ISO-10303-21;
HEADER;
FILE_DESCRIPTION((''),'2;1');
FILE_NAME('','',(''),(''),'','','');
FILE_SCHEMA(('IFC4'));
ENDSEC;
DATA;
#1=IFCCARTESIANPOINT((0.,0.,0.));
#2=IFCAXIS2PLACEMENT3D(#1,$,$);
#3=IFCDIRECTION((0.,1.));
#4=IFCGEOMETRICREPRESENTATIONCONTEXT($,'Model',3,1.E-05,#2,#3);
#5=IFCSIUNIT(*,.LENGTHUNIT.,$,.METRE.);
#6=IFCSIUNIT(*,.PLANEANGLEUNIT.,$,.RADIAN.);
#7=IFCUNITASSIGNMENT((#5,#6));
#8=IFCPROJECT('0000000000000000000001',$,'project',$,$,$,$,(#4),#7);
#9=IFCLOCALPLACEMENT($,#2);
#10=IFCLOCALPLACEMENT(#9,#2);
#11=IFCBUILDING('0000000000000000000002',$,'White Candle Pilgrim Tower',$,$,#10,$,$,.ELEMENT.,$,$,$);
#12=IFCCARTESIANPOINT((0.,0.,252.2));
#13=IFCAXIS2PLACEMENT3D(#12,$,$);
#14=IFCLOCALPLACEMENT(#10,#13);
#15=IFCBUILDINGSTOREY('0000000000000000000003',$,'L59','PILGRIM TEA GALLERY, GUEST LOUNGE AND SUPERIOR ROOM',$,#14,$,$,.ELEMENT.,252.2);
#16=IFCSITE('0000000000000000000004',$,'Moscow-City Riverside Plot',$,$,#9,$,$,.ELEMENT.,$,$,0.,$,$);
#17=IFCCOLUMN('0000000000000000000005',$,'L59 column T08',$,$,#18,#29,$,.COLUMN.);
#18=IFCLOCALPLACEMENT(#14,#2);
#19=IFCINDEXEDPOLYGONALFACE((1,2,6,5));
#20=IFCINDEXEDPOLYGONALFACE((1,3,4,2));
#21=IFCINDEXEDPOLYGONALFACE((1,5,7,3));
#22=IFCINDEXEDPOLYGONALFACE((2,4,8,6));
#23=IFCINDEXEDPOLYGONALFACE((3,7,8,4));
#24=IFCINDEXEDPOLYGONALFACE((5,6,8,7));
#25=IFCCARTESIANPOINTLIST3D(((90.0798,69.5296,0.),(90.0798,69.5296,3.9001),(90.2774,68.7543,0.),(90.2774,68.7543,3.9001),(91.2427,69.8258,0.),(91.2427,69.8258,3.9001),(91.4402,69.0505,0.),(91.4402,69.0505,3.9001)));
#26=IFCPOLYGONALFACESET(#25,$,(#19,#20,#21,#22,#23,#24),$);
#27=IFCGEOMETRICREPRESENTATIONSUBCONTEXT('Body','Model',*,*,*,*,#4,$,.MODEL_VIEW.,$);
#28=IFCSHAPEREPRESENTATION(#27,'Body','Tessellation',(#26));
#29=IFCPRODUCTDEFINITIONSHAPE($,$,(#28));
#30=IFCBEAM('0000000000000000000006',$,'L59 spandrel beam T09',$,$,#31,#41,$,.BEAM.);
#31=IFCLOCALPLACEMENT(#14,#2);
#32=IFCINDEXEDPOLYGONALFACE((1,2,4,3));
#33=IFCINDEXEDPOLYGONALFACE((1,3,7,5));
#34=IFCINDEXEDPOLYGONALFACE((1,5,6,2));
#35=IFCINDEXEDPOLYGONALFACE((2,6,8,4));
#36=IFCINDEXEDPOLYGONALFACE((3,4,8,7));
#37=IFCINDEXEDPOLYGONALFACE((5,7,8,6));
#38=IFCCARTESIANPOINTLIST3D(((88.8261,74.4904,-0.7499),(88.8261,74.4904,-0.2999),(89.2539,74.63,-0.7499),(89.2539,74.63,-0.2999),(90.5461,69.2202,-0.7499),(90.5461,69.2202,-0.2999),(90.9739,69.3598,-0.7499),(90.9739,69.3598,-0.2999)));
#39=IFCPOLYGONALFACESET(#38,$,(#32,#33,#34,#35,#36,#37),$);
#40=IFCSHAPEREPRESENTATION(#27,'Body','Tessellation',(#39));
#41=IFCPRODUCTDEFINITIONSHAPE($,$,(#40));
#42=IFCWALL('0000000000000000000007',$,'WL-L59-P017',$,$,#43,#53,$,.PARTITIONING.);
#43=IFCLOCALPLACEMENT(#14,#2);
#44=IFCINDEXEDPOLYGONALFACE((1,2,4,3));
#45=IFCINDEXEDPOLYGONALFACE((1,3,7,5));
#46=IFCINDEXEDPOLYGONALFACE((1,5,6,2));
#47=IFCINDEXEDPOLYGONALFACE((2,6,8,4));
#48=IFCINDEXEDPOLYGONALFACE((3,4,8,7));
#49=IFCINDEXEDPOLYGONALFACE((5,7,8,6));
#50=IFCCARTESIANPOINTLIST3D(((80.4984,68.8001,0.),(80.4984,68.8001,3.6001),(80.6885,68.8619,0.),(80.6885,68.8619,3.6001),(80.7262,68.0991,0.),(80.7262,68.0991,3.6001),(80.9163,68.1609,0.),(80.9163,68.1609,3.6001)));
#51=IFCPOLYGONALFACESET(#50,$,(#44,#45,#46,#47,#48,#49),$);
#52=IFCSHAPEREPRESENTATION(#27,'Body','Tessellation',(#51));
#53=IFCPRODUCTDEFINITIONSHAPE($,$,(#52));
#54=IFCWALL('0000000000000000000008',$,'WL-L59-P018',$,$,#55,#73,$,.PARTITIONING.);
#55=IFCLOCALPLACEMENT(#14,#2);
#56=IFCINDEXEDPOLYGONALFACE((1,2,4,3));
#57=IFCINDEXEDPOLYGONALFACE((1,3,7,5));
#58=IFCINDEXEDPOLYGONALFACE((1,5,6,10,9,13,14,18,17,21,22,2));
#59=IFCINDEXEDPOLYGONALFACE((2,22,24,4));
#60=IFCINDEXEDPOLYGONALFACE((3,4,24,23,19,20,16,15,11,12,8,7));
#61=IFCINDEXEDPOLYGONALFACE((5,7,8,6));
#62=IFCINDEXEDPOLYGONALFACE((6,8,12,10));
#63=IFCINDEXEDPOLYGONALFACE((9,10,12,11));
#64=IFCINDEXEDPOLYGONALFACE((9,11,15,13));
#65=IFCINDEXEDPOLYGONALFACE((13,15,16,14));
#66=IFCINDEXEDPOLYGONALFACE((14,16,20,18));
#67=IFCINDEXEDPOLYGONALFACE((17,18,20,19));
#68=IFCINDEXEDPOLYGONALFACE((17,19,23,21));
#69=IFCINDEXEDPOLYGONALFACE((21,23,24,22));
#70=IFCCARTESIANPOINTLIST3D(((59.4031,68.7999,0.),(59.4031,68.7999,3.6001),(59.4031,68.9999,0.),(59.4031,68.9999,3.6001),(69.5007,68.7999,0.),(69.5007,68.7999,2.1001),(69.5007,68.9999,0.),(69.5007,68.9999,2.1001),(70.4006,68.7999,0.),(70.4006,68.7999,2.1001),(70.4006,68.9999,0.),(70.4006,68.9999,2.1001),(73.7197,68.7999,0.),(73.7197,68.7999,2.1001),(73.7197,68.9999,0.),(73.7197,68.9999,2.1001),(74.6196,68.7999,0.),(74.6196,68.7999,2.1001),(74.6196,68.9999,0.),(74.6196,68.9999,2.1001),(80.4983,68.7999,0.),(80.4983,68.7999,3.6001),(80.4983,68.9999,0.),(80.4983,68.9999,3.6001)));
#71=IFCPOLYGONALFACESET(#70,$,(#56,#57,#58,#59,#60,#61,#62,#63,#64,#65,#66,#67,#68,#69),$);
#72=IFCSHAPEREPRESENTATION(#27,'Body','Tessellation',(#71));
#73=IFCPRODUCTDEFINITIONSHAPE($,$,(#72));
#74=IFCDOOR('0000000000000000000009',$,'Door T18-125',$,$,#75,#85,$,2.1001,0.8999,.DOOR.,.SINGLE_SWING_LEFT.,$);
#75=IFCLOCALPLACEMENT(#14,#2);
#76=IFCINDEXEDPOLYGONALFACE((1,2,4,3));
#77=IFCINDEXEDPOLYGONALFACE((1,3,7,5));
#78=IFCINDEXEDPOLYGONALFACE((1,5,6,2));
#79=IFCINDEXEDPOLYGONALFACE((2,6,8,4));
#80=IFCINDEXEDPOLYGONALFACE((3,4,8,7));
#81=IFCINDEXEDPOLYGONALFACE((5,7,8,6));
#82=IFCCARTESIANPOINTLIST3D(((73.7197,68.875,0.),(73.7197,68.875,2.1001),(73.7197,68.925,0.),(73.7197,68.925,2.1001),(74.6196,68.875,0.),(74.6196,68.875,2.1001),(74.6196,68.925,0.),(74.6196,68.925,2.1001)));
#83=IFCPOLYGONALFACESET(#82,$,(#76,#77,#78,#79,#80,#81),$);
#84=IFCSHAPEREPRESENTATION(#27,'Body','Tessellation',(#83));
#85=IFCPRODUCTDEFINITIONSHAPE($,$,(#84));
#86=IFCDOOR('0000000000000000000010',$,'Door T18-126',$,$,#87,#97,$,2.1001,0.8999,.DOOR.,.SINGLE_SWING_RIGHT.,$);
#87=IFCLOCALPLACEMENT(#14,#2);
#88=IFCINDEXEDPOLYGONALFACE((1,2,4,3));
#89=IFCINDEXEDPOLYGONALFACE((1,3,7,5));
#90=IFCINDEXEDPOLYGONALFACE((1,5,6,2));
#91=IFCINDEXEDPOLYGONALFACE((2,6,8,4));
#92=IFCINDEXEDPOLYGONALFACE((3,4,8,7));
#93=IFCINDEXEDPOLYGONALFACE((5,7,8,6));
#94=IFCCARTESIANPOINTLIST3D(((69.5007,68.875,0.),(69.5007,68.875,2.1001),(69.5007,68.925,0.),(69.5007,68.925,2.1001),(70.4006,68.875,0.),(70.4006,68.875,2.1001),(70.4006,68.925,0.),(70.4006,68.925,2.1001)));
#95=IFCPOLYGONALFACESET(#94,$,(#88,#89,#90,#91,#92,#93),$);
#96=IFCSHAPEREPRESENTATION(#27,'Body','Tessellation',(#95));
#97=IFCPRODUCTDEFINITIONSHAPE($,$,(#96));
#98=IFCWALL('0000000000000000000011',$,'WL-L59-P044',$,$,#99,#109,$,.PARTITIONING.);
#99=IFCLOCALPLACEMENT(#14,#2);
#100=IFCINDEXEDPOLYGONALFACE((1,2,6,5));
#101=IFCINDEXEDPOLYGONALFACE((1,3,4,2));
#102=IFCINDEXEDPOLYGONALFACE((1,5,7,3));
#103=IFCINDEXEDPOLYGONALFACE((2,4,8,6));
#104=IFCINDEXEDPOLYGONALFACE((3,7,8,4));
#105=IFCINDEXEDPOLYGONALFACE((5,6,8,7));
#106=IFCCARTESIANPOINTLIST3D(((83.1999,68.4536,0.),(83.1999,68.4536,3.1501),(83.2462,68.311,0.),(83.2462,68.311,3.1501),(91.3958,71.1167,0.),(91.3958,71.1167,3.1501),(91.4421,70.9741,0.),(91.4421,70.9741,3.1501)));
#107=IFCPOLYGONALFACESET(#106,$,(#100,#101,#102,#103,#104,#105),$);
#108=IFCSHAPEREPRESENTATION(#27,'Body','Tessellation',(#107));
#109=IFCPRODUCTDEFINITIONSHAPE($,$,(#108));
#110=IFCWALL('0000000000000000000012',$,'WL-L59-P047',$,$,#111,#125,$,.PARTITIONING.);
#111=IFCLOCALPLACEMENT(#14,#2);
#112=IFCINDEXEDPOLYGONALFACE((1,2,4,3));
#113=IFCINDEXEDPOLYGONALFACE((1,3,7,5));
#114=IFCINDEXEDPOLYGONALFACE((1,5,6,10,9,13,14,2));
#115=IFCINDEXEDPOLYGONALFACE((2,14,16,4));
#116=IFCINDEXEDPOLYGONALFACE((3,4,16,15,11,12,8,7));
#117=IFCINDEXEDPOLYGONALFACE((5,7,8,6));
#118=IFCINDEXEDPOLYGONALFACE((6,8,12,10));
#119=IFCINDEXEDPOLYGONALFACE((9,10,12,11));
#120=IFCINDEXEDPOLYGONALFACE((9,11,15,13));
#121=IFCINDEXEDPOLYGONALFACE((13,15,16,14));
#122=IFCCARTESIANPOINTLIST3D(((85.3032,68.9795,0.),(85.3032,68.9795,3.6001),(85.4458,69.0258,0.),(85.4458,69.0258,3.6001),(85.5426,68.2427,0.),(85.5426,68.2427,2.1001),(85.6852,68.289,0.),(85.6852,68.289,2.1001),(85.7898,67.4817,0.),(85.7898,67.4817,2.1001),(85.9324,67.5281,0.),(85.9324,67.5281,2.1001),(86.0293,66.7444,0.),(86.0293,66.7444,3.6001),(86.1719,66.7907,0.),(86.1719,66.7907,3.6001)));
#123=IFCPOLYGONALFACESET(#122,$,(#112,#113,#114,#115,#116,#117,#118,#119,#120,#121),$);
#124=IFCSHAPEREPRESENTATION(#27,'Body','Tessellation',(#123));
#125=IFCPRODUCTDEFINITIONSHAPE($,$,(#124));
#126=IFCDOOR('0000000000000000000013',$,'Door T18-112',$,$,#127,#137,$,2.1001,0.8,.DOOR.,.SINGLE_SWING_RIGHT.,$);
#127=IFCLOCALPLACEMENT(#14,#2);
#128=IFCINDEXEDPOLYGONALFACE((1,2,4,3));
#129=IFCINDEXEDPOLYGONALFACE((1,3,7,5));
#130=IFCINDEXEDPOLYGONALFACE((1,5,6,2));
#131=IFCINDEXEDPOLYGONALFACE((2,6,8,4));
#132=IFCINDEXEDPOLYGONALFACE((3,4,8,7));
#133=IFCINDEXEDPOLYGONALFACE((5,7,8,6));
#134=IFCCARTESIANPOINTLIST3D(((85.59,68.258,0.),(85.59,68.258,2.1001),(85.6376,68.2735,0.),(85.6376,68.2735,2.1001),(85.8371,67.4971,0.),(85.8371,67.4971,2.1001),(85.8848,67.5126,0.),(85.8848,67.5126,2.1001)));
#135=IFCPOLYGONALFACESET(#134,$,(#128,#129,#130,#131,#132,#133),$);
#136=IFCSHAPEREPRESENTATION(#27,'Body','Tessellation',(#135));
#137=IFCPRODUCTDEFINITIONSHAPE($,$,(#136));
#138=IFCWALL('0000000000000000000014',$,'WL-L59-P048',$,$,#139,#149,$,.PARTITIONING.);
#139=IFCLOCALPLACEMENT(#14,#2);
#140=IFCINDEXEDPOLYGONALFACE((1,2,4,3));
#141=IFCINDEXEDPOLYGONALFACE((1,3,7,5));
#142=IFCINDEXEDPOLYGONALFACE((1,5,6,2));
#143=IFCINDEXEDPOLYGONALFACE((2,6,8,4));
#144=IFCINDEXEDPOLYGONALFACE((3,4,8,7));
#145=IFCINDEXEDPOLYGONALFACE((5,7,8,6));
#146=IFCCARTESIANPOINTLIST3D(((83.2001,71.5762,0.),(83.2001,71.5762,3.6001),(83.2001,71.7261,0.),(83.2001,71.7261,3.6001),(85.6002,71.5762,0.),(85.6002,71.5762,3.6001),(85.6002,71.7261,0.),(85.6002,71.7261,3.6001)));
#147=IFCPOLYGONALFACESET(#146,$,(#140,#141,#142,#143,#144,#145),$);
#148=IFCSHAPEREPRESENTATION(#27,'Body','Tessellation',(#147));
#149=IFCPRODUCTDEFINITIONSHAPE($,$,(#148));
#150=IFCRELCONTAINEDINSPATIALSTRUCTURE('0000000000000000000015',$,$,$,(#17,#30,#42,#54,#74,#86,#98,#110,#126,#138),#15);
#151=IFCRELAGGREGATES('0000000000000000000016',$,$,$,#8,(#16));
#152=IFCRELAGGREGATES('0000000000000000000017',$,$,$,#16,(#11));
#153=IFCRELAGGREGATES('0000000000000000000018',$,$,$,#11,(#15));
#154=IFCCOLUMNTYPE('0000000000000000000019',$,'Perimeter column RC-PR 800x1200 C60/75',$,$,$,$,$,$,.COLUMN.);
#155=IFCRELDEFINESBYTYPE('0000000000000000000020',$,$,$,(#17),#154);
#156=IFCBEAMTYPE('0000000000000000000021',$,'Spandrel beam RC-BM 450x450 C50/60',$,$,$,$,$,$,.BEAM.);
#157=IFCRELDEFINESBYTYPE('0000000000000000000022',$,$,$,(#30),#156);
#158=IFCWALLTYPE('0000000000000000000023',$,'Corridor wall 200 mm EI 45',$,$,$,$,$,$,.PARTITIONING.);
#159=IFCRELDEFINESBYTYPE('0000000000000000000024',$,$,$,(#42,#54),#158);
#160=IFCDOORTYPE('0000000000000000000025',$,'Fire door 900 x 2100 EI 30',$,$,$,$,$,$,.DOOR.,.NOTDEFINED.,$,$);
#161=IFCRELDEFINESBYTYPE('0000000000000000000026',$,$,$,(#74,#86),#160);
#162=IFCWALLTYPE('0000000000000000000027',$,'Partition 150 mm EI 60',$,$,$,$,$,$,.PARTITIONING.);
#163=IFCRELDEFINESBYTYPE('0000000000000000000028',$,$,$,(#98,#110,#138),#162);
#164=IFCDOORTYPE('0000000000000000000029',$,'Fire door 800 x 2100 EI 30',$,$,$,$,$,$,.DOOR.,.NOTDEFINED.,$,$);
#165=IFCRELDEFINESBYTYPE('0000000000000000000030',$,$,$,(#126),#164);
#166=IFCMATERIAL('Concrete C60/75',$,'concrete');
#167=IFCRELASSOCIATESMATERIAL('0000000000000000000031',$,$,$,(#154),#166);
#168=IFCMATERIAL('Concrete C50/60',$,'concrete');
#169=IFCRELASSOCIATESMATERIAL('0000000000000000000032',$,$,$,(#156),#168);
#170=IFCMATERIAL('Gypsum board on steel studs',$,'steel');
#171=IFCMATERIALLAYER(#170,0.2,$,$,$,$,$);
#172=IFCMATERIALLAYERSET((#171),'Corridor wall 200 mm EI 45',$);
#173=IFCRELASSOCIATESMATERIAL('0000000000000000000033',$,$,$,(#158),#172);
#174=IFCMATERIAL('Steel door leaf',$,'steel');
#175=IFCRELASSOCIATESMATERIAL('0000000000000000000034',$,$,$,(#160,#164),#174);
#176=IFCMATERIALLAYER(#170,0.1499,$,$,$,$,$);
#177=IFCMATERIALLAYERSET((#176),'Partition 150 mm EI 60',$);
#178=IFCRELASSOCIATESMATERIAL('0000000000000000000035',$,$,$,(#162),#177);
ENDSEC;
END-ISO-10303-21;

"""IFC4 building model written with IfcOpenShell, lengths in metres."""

from ifc_helpers import new_model, si_unit, direction, frame, frame_2d, origin, origin_2d, place, context, subcontext, project, spatial, rectangle, extrude, material, layer, layer_set, material_profile, profile_set, type_object, element, fill, save


model = new_model("IFC4")

# Units and contexts
model_context = context("Model", 3, precision=1e-05, world=origin(), true_north=direction((0.0, 1.0)))
body_context = subcontext(model_context, "Body", "Model", "MODEL_VIEW")
ifc_project = project(units=[si_unit("LENGTHUNIT", "METRE"), si_unit("PLANEANGLEUNIT", "RADIAN")], contexts=[model_context])

# Site, building, storey
site_placement = place(None, origin())
site = spatial("IfcSite", under=ifc_project, at=site_placement, Name="Moscow-City Riverside Plot", CompositionType="ELEMENT", RefElevation=0.0)
building_placement = place(site_placement, origin())
building = spatial("IfcBuilding", under=site, at=building_placement, Name="White Candle Pilgrim Tower", CompositionType="ELEMENT")
storey_placement = place(building_placement, frame((0.0, 0.0, 252.2)))
storey = spatial("IfcBuildingStorey", under=building, at=storey_placement, Name="L59", Description="PILGRIM TEA GALLERY, GUEST LOUNGE AND SUPERIOR ROOM", CompositionType="ELEMENT", Elevation=252.2)

# Column
ifc_material_1 = material(Name="Concrete C60/75", Category="concrete")
ifc_material_profile_1 = material_profile(ifc_material_1, rectangle(XDim=0.8, YDim=1.2, at=origin_2d()), Name="RC-PR 800x1200")
ifc_profile_set_1 = profile_set([ifc_material_profile_1], Name="Concrete C60/75")
column_type = type_object("IfcColumnType", Name="Perimeter column RC-PR 800x1200 C60/75", PredefinedType="COLUMN", material=ifc_profile_set_1)
column_placement = place(storey_placement, frame((90.76, 69.29, 0.0), z_axis=(0.0, 0.0, 1.0), x_axis=(0.246881, -0.969046, 0.0)))
element("IfcColumn", 1, at=column_placement, inside=storey, type_object=column_type, Name="L59 column T08", PredefinedType="COLUMN", context=body_context, shape_type="SweptSolid", body=[
    extrude(rectangle(XDim=0.8, YDim=1.2, at=origin_2d()), origin(), (0.0, 0.0, 1.0), 3.9001),
])

# Beam
ifc_material_2 = material(Name="Concrete C50/60", Category="concrete")
ifc_material_profile_2 = material_profile(ifc_material_2, rectangle(XDim=0.45, YDim=0.45, at=origin_2d()), Name="RC-BM 450x450")
ifc_profile_set_2 = profile_set([ifc_material_profile_2], Name="Concrete C50/60")
beam_type = type_object("IfcBeamType", Name="Spandrel beam RC-BM 450x450 C50/60", PredefinedType="BEAM", material=ifc_profile_set_2)
beam_placement = place(storey_placement, frame((90.76, 69.29, -0.5249), z_axis=(-0.310263, 0.950651, 0.0), x_axis=(-0.950651, -0.310263, 0.0)))
element("IfcBeam", 2, at=beam_placement, inside=storey, type_object=beam_type, Name="L59 spandrel beam T09", PredefinedType="BEAM", context=body_context, shape_type="SweptSolid", body=[
    extrude(rectangle(XDim=0.45, YDim=0.45, at=origin_2d()), origin(), (0.0, 0.0, 1.0), 5.5437),
])

# Wall
ifc_material_3 = material(Name="Gypsum board on steel studs", Category="steel")
ifc_layer_1 = layer(ifc_material_3, 0.2)
ifc_layer_set_1 = layer_set([ifc_layer_1], Name="Corridor wall 200 mm EI 45")
wall_type_1 = type_object("IfcWallType", Name="Corridor wall 200 mm EI 45", PredefinedType="PARTITIONING", material=ifc_layer_set_1)
wall_1_placement = place(storey_placement, frame((80.8213, 68.1299, 0.0), z_axis=(0.0, 0.0, 1.0), x_axis=(-0.309064, 0.951041, 0.0)))
element("IfcWall", 3, at=wall_1_placement, inside=storey, type_object=wall_type_1, Name="WL-L59-P017", PredefinedType="PARTITIONING", context=body_context, shape_type="SweptSolid", body=[
    extrude(rectangle(XDim=0.7371, YDim=0.2, at=frame_2d((0.3687, 0.0))), origin(), (0.0, 0.0, 1.0), 3.6001),
])

# Wall, openings, doors
wall_2_placement = place(storey_placement, frame((80.4983, 68.8999, 0.0), z_axis=(0.0, 0.0, 1.0), x_axis=(-1.0, 0.0, 0.0)))
wall_2 = element("IfcWall", 4, at=wall_2_placement, inside=storey, type_object=wall_type_1, Name="WL-L59-P018", PredefinedType="PARTITIONING", context=body_context, shape_type="SweptSolid", body=[
    extrude(rectangle(XDim=21.0952, YDim=0.2, at=frame_2d((10.5476, 0.0))), origin(), (0.0, 0.0, 1.0), 3.6001),
])
opening_1_placement = place(wall_2_placement, frame((5.8787, 0.0, 0.0)))
opening_1 = element("IfcOpeningElement", 5, at=opening_1_placement, cuts=wall_2, PredefinedType="OPENING", context=body_context, shape_type="SweptSolid", body=[
    extrude(rectangle(XDim=0.8999, YDim=2.1001, at=frame_2d((0.45, 1.05))), frame((0.0, 0.1099, 0.0), z_axis=(0.0, -1.0, 0.0), x_axis=(1.0, 0.0, 0.0)), (0.0, 0.0, 1.0), 0.22),
])
opening_2_placement = place(wall_2_placement, frame((10.0977, 0.0, 0.0)))
opening_2 = element("IfcOpeningElement", 6, at=opening_2_placement, cuts=wall_2, PredefinedType="OPENING", context=body_context, shape_type="SweptSolid", body=[
    extrude(rectangle(XDim=0.8999, YDim=2.1001, at=frame_2d((0.45, 1.05))), frame((0.0, 0.1099, 0.0), z_axis=(0.0, -1.0, 0.0), x_axis=(1.0, 0.0, 0.0)), (0.0, 0.0, 1.0), 0.22),
])
ifc_material_4 = material(Name="Steel door leaf", Category="steel")
door_type_1 = type_object("IfcDoorType", Name="Fire door 900 x 2100 EI 30", OperationType="NOTDEFINED", PredefinedType="DOOR", material=ifc_material_4)
door_1_placement = place(opening_1_placement, origin())
door_1 = element("IfcDoor", 7, at=door_1_placement, inside=storey, type_object=door_type_1, Name="Door T18-125", OperationType="SINGLE_SWING_LEFT", OverallHeight=2.1001, OverallWidth=0.8999, PredefinedType="DOOR", context=body_context, shape_type="SweptSolid", body=[
    extrude(rectangle(XDim=0.8999, YDim=2.1001, at=frame_2d((0.45, 1.05))), frame((0.0, 0.0249, 0.0), z_axis=(0.0, -1.0, 0.0), x_axis=(1.0, 0.0, 0.0)), (0.0, 0.0, 1.0), 0.05),
])
fill(opening_1, door_1)
door_2_placement = place(opening_2_placement, origin())
door_2 = element("IfcDoor", 8, at=door_2_placement, inside=storey, type_object=door_type_1, Name="Door T18-126", OperationType="SINGLE_SWING_RIGHT", OverallHeight=2.1001, OverallWidth=0.8999, PredefinedType="DOOR", context=body_context, shape_type="SweptSolid", body=[
    extrude(rectangle(XDim=0.8999, YDim=2.1001, at=frame_2d((0.45, 1.05))), frame((0.0, 0.0249, 0.0), z_axis=(0.0, -1.0, 0.0), x_axis=(1.0, 0.0, 0.0)), (0.0, 0.0, 1.0), 0.05),
])
fill(opening_2, door_2)

# Wall
ifc_layer_2 = layer(ifc_material_3, 0.1499)
ifc_layer_set_2 = layer_set([ifc_layer_2], Name="Partition 150 mm EI 60")
wall_type_2 = type_object("IfcWallType", Name="Partition 150 mm EI 60", PredefinedType="PARTITIONING", material=ifc_layer_set_2)
wall_3_placement = place(storey_placement, frame((91.4189, 71.0454, 0.0), z_axis=(0.0, 0.0, 1.0), x_axis=(-0.951053, -0.309028, 0.0)))
element("IfcWall", 9, at=wall_3_placement, inside=storey, type_object=wall_type_2, Name="WL-L59-P044", PredefinedType="PARTITIONING", context=body_context, shape_type="SweptSolid", body=[
    extrude(rectangle(XDim=8.6177, YDim=0.1499, at=frame_2d((4.3088, 0.0))), origin(), (0.0, 0.0, 1.0), 3.1501),
])

# Wall, opening, door
wall_4_placement = place(storey_placement, frame((85.3745, 69.0027, 0.0), z_axis=(0.0, 0.0, 1.0), x_axis=(0.308957, -0.951076, 0.0)))
wall_4 = element("IfcWall", 10, at=wall_4_placement, inside=storey, type_object=wall_type_2, Name="WL-L59-P047", PredefinedType="PARTITIONING", context=body_context, shape_type="SweptSolid", body=[
    extrude(rectangle(XDim=2.3501, YDim=0.1499, at=frame_2d((1.175, 0.0))), origin(), (0.0, 0.0, 1.0), 3.6001),
])
opening_3_placement = place(wall_4_placement, frame((0.7749, 0.0, 0.0)))
opening_3 = element("IfcOpeningElement", 11, at=opening_3_placement, cuts=wall_4, PredefinedType="OPENING", context=body_context, shape_type="SweptSolid", body=[
    extrude(rectangle(XDim=0.8, YDim=2.1001, at=frame_2d((0.3999, 1.05))), frame((0.0, 0.085, 0.0), z_axis=(0.0, -1.0, 0.0), x_axis=(1.0, 0.0, 0.0)), (0.0, 0.0, 1.0), 0.1699),
])
door_type_2 = type_object("IfcDoorType", Name="Fire door 800 x 2100 EI 30", OperationType="NOTDEFINED", PredefinedType="DOOR", material=ifc_material_4)
door_3_placement = place(opening_3_placement, origin())
door_3 = element("IfcDoor", 12, at=door_3_placement, inside=storey, type_object=door_type_2, Name="Door T18-112", OperationType="SINGLE_SWING_RIGHT", OverallHeight=2.1001, OverallWidth=0.8, PredefinedType="DOOR", context=body_context, shape_type="SweptSolid", body=[
    extrude(rectangle(XDim=0.8, YDim=2.1001, at=frame_2d((0.3999, 1.05))), frame((0.0, 0.0249, 0.0), z_axis=(0.0, -1.0, 0.0), x_axis=(1.0, 0.0, 0.0)), (0.0, 0.0, 1.0), 0.05),
])
fill(opening_3, door_3)

# Wall
wall_5_placement = place(storey_placement, frame((83.2, 71.6511, 0.0), z_axis=(0.0, 0.0, 1.0), x_axis=(1.0, 0.0, 0.0)))
element("IfcWall", 13, at=wall_5_placement, inside=storey, type_object=wall_type_2, Name="WL-L59-P048", PredefinedType="PARTITIONING", context=body_context, shape_type="SweptSolid", body=[
    extrude(rectangle(XDim=2.4001, YDim=0.1499, at=frame_2d((1.2002, 0.0))), origin(), (0.0, 0.0, 1.0), 3.6001),
])

save(model, "model.ifc")
